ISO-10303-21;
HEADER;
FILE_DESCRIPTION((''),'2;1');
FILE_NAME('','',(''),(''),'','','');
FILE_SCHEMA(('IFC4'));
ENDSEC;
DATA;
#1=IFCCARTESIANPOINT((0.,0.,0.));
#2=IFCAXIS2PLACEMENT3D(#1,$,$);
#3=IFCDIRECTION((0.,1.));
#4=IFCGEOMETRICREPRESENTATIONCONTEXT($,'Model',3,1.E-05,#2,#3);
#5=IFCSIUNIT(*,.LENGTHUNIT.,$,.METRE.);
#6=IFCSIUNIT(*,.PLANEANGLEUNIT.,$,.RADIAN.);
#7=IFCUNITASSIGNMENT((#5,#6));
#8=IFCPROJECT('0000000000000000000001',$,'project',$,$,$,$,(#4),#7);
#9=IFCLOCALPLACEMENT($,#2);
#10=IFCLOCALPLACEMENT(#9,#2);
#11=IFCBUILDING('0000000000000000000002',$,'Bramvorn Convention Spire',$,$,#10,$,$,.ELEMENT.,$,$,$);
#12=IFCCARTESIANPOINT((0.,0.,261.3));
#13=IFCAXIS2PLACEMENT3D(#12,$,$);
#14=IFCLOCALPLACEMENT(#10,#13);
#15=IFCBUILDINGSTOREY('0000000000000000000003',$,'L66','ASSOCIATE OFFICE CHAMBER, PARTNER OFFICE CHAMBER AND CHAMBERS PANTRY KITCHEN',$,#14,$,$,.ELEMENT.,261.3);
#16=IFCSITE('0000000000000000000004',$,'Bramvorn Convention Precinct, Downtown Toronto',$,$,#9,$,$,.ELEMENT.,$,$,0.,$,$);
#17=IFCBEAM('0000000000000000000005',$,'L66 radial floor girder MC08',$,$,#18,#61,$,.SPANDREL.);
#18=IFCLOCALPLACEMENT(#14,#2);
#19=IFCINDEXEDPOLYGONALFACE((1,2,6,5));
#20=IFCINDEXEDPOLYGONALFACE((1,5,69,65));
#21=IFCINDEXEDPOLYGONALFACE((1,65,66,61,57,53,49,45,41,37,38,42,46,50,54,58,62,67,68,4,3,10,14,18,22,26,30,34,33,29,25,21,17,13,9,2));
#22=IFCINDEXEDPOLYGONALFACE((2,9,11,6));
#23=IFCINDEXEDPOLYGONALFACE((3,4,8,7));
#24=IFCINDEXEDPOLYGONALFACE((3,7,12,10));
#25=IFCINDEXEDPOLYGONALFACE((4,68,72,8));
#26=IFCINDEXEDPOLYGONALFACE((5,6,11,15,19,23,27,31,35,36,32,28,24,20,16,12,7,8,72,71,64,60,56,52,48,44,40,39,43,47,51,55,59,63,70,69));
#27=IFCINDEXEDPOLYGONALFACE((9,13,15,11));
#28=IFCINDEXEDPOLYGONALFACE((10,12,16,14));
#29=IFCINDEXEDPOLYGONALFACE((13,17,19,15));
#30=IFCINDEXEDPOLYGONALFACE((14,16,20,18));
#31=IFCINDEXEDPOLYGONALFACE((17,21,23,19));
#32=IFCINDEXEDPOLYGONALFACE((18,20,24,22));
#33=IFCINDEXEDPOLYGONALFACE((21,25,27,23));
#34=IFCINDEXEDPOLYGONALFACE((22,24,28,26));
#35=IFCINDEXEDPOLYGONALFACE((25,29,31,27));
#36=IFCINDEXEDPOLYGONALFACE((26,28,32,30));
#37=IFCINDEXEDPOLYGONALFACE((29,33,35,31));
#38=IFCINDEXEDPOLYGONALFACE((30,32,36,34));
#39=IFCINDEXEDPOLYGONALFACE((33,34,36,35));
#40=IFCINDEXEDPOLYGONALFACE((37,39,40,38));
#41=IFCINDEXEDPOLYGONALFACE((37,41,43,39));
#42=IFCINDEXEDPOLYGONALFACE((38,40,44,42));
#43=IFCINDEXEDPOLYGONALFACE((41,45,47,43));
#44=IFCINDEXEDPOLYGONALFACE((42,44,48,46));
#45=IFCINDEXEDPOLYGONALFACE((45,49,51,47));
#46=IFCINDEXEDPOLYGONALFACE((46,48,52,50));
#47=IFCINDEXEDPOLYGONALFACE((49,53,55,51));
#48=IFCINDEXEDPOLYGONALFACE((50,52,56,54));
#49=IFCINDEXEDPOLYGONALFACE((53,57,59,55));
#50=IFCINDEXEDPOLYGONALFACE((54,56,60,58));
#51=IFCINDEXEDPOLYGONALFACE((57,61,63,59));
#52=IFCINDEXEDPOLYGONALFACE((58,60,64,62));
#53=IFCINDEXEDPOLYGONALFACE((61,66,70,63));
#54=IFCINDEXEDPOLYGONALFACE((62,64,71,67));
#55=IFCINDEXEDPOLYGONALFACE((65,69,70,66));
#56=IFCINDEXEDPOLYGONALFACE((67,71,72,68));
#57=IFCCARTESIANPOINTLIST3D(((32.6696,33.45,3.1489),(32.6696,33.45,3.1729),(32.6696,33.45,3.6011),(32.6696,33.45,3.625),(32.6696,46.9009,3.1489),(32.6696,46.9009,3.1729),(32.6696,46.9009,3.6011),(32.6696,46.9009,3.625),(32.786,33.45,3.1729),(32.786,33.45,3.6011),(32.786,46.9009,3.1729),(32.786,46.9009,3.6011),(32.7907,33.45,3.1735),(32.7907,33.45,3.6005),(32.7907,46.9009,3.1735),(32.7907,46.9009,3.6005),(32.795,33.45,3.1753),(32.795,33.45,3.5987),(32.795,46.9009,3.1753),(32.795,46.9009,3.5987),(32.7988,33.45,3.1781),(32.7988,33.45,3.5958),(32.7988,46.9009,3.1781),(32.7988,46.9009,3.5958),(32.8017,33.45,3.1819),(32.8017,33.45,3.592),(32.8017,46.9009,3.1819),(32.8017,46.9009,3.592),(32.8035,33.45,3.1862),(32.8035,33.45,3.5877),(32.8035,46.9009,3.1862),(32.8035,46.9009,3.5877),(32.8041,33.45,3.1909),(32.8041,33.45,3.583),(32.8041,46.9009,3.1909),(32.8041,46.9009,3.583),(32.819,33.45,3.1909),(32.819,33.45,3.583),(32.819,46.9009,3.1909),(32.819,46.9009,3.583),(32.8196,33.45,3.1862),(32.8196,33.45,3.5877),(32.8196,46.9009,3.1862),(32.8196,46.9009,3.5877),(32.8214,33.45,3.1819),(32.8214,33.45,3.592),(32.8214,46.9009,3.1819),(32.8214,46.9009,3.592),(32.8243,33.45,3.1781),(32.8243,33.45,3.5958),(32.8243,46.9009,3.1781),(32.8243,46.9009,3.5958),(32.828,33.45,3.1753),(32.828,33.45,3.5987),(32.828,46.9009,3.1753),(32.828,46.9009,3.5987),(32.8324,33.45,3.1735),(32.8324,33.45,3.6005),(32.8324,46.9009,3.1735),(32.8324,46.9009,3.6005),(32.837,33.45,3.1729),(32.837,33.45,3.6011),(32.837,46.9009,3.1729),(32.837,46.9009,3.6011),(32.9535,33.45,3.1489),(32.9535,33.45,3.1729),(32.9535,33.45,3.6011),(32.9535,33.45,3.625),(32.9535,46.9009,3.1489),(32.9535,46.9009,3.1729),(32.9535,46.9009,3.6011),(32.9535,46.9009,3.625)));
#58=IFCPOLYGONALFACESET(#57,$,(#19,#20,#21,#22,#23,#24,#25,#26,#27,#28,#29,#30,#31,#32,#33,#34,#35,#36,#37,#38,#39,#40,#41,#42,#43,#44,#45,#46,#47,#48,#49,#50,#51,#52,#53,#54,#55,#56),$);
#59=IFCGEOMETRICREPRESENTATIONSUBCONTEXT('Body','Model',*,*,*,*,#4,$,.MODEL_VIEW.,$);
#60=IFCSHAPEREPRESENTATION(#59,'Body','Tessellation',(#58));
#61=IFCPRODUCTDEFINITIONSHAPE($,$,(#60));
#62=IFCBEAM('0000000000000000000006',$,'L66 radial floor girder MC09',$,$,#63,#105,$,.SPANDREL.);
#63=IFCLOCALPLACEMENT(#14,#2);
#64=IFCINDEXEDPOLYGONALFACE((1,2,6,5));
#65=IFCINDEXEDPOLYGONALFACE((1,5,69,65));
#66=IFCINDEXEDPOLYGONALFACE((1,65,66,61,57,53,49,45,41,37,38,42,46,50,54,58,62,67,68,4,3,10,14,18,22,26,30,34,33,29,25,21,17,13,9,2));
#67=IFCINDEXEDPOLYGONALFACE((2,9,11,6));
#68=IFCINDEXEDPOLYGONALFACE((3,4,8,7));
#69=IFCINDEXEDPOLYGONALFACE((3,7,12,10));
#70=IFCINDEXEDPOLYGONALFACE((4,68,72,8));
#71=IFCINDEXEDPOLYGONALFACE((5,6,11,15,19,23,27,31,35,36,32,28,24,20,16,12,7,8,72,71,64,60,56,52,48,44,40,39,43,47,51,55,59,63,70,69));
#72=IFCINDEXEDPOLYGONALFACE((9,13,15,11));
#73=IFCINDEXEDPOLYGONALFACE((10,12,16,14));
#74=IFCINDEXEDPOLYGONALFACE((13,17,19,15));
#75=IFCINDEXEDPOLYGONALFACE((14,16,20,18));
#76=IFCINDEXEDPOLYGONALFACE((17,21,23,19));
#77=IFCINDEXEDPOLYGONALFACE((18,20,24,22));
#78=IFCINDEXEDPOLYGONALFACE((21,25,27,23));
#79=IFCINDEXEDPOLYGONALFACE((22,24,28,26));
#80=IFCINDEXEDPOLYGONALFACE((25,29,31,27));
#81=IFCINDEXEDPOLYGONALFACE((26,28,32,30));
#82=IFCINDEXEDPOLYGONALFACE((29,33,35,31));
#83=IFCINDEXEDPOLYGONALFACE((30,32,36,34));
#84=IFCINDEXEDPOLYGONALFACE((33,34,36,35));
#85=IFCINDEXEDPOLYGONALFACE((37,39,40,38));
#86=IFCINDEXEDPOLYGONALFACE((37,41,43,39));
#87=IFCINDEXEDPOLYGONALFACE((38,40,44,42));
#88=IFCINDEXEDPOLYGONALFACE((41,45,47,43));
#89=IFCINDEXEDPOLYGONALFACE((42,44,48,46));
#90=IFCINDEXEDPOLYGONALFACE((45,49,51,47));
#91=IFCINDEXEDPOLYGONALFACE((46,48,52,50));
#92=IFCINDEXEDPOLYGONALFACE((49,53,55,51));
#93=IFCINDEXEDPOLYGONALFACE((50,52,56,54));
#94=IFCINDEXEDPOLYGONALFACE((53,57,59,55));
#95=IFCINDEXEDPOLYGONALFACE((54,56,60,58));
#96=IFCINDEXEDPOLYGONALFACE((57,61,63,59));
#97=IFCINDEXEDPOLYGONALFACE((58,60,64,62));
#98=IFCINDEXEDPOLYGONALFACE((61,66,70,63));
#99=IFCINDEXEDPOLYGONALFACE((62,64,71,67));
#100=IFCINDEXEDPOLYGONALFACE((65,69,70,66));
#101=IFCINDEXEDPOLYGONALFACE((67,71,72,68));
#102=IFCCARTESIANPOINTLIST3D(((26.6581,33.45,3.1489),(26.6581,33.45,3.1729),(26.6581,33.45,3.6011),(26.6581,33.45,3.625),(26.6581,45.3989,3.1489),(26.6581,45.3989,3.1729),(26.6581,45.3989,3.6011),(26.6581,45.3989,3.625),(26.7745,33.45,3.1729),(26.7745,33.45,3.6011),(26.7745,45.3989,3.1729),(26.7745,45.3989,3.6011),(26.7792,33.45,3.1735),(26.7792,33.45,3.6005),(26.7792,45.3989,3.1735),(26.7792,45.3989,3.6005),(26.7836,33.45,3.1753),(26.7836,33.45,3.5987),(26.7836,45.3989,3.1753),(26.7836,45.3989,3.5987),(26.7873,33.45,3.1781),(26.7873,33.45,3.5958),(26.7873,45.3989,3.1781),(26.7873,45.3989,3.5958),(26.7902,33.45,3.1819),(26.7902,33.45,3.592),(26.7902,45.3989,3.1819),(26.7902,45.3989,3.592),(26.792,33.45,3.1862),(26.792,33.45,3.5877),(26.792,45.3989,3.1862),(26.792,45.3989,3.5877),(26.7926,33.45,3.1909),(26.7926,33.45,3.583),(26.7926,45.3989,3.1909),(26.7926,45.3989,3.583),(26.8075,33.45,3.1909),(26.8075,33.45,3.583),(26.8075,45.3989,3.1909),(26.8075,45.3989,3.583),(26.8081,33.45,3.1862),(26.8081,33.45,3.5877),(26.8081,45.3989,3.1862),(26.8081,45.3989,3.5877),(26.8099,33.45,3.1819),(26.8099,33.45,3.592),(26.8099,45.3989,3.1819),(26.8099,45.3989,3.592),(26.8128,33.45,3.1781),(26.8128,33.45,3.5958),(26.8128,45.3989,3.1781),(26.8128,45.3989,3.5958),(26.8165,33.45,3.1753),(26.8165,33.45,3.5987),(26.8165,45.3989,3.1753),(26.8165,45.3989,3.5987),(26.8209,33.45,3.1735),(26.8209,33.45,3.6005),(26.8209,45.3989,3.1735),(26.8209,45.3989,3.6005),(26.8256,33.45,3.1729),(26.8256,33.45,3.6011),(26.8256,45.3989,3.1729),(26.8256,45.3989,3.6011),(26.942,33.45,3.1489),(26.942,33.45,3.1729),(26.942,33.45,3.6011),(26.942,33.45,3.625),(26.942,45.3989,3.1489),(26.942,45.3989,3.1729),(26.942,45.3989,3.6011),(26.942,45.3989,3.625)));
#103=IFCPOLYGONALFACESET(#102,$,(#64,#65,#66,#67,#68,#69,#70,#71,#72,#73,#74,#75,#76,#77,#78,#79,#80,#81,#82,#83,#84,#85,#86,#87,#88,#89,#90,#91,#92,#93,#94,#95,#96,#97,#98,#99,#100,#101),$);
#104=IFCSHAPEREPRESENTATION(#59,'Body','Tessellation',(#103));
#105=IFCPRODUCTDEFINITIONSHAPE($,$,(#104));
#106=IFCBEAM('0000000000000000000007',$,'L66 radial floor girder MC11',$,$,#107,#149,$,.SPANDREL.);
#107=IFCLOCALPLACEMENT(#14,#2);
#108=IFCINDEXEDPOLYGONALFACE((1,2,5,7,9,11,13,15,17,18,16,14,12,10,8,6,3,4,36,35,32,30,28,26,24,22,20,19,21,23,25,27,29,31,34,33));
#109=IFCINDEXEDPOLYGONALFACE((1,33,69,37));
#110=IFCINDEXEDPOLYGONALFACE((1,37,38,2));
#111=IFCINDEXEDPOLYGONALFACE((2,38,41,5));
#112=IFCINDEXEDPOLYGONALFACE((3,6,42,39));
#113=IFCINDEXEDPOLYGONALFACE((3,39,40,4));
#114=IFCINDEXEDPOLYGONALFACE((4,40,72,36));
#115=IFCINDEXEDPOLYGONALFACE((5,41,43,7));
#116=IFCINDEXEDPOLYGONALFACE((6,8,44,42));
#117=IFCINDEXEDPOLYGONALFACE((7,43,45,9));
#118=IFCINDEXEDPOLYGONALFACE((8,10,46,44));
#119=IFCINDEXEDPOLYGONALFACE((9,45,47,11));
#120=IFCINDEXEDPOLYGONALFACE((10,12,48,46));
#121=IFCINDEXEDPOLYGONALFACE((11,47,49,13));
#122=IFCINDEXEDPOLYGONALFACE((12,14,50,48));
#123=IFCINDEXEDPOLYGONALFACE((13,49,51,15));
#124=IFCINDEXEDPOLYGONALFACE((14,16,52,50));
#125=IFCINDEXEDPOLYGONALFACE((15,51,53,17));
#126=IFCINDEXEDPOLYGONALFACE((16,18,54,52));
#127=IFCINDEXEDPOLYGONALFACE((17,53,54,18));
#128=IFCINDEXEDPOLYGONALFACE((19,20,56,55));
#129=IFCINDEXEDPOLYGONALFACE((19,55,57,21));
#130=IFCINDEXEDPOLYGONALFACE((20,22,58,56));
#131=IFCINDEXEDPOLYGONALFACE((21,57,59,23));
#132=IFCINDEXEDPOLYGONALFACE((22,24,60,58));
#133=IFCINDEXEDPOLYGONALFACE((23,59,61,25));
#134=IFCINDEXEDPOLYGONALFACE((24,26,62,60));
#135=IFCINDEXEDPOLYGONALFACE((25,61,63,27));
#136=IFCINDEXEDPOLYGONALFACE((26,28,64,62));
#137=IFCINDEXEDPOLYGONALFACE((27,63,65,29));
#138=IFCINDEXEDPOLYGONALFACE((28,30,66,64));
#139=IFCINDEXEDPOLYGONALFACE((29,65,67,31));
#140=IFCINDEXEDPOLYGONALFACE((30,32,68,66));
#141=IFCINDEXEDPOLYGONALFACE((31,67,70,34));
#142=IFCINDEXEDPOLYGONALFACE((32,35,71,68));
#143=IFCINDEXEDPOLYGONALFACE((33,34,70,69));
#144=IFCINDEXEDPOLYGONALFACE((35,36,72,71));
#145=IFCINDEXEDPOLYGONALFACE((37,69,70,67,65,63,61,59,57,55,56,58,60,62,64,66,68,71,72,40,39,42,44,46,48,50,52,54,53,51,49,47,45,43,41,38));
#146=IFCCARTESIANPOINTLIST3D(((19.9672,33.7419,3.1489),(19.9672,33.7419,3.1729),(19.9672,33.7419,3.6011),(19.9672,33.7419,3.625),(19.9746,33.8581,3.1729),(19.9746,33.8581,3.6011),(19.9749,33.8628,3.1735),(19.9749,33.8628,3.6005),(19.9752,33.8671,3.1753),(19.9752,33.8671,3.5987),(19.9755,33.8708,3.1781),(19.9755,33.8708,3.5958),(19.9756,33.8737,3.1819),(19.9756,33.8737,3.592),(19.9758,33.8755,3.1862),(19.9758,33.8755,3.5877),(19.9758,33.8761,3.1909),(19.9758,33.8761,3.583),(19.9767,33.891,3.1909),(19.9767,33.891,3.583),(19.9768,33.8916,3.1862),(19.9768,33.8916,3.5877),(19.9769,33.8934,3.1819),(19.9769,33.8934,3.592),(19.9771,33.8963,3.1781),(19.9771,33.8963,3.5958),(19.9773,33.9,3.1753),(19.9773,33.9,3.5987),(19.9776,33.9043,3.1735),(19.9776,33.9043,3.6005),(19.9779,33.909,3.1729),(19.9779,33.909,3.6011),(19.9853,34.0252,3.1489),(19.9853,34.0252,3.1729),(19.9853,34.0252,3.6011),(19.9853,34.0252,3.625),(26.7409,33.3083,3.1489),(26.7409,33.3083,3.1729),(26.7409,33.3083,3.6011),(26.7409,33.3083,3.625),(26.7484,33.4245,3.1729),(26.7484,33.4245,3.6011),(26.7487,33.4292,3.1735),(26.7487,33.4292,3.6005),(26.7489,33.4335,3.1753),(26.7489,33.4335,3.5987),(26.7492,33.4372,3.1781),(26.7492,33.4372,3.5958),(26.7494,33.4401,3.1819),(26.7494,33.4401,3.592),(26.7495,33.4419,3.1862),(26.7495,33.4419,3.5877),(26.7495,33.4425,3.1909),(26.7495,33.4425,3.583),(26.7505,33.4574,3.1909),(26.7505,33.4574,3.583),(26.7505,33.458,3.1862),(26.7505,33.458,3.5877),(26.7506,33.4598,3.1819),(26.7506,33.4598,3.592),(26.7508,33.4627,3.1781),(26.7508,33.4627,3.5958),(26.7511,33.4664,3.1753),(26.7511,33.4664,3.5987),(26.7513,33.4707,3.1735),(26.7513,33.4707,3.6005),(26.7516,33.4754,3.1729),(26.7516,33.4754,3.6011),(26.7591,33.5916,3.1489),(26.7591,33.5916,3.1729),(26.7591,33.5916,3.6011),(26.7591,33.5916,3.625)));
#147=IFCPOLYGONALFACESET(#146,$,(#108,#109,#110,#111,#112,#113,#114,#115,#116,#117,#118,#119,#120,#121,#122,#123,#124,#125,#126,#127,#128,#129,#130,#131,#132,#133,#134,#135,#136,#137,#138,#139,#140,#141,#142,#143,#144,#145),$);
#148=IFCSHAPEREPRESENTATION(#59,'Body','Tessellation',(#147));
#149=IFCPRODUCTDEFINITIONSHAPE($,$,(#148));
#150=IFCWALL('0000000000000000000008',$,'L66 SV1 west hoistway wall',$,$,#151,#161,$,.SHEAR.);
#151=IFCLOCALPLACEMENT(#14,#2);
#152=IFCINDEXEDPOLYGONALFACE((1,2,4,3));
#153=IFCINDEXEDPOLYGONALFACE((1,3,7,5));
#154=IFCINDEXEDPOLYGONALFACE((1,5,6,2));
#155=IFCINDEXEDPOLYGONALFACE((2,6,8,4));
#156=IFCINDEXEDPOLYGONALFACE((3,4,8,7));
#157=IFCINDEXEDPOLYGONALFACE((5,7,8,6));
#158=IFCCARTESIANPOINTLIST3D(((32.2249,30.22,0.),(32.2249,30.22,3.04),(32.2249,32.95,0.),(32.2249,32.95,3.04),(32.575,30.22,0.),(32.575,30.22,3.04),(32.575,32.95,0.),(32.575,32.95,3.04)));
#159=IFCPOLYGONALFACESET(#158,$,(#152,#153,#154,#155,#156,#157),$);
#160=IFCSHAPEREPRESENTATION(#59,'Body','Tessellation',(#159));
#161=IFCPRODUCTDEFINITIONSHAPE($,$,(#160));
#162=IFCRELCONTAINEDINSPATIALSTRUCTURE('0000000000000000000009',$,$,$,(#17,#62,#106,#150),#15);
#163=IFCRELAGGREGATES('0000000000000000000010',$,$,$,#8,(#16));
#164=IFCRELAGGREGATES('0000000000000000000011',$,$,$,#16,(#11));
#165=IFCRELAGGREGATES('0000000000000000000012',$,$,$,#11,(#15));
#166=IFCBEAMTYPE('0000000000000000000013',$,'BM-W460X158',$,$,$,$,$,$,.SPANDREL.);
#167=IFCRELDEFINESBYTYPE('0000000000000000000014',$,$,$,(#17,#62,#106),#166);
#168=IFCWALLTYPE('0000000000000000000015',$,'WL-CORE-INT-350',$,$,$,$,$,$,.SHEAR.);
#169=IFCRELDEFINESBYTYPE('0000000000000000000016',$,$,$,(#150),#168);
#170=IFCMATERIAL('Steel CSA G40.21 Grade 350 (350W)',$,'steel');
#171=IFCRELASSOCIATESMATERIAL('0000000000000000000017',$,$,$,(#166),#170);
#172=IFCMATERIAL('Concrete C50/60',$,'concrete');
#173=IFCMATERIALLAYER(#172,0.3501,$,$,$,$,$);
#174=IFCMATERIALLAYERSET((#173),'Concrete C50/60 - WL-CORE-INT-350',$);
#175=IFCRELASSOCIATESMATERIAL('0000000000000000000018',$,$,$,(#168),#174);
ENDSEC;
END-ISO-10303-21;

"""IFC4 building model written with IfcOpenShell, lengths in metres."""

from ifc_helpers import new_model, si_unit, direction, frame, frame_2d, origin, origin_2d, place, context, subcontext, project, spatial, rectangle, i_section, extrude, material, layer, layer_set, material_profile, profile_set, type_object, element, save


model = new_model("IFC4")

# Units and contexts
model_context = context("Model", 3, precision=1e-05, world=origin(), true_north=direction((0.0, 1.0)))
body_context = subcontext(model_context, "Body", "Model", "MODEL_VIEW")
ifc_project = project(units=[si_unit("LENGTHUNIT", "METRE"), si_unit("PLANEANGLEUNIT", "RADIAN")], contexts=[model_context])

# Site, building, storey
site_placement = place(None, origin())
site = spatial("IfcSite", under=ifc_project, at=site_placement, Name="Bramvorn Convention Precinct, Downtown Toronto", CompositionType="ELEMENT", RefElevation=0.0)
building_placement = place(site_placement, origin())
building = spatial("IfcBuilding", under=site, at=building_placement, Name="Bramvorn Convention Spire", CompositionType="ELEMENT")
storey_placement = place(building_placement, frame((0.0, 0.0, 261.3)))
storey = spatial("IfcBuildingStorey", under=building, at=storey_placement, Name="L66", Description="ASSOCIATE OFFICE CHAMBER, PARTNER OFFICE CHAMBER AND CHAMBERS PANTRY KITCHEN", CompositionType="ELEMENT", Elevation=261.3)

# Beams
ifc_material_1 = material(Name="Steel CSA G40.21 Grade 350 (350W)", Category="steel")
ifc_material_profile = material_profile(ifc_material_1, i_section(OverallWidth=0.2839, OverallDepth=0.4761, WebThickness=0.0149, FlangeThickness=0.0239, FilletRadius=0.0181, at=origin_2d()))
ifc_profile_set = profile_set([ifc_material_profile], Name="Steel CSA G40.21 Grade 350 (350W) - W460X158")
beam_type = type_object("IfcBeamType", Name="BM-W460X158", PredefinedType="SPANDREL", material=ifc_profile_set)
beam_1_placement = place(storey_placement, frame((32.8115, 33.45, 3.387), z_axis=(0.0, 1.0, 0.0), x_axis=(-1.0, 0.0, 0.0)))
element("IfcBeam", 1, at=beam_1_placement, inside=storey, type_object=beam_type, Name="L66 radial floor girder MC08", PredefinedType="SPANDREL", context=body_context, shape_type="SweptSolid", body=[
    extrude(i_section(OverallWidth=0.2839, OverallDepth=0.4761, WebThickness=0.0149, FlangeThickness=0.0239, FilletRadius=0.0181, at=origin_2d()), origin(), (0.0, 0.0, 1.0), 13.4509),
])
beam_2_placement = place(storey_placement, frame((26.8, 33.45, 3.387), z_axis=(0.0, 1.0, 0.0), x_axis=(-1.0, 0.0, 0.0)))
element("IfcBeam", 2, at=beam_2_placement, inside=storey, type_object=beam_type, Name="L66 radial floor girder MC09", PredefinedType="SPANDREL", context=body_context, shape_type="SweptSolid", body=[
    extrude(i_section(OverallWidth=0.2839, OverallDepth=0.4761, WebThickness=0.0149, FlangeThickness=0.0239, FilletRadius=0.0181, at=origin_2d()), origin(), (0.0, 0.0, 1.0), 11.949),
])
beam_3_placement = place(storey_placement, frame((26.75, 33.45, 3.387), z_axis=(-0.997958, 0.063881, 0.0), x_axis=(-0.063881, -0.997958, 0.0)))
element("IfcBeam", 3, at=beam_3_placement, inside=storey, type_object=beam_type, Name="L66 radial floor girder MC11", PredefinedType="SPANDREL", context=body_context, shape_type="SweptSolid", body=[
    extrude(i_section(OverallWidth=0.2839, OverallDepth=0.4761, WebThickness=0.0149, FlangeThickness=0.0239, FilletRadius=0.0181, at=origin_2d()), origin(), (0.0, 0.0, 1.0), 6.7876),
])

# Shared definitions
ifc_material_2 = material(Name="Concrete C50/60", Category="concrete")
ifc_layer_1 = layer(ifc_material_2, 0.3501)
ifc_layer_set_1 = layer_set([ifc_layer_1], Name="Concrete C50/60 - WL-CORE-INT-350")
wall_type_1 = type_object("IfcWallType", Name="WL-CORE-INT-350", PredefinedType="SHEAR", material=ifc_layer_set_1)

# Wall
wall_1_placement = place(storey_placement, frame((32.3999, 30.22, 0.0), z_axis=(0.0, 0.0, 1.0), x_axis=(0.0, 1.0, 0.0)))
element("IfcWall", 4, at=wall_1_placement, inside=storey, type_object=wall_type_1, Name="L66 SV1 west hoistway wall", PredefinedType="SHEAR", context=body_context, shape_type="SweptSolid", body=[
    extrude(rectangle(XDim=2.73, YDim=0.3501, at=frame_2d((1.365, 0.0))), origin(), (0.0, 0.0, 1.0), 3.04),
])

save(model, "model.ifc")
